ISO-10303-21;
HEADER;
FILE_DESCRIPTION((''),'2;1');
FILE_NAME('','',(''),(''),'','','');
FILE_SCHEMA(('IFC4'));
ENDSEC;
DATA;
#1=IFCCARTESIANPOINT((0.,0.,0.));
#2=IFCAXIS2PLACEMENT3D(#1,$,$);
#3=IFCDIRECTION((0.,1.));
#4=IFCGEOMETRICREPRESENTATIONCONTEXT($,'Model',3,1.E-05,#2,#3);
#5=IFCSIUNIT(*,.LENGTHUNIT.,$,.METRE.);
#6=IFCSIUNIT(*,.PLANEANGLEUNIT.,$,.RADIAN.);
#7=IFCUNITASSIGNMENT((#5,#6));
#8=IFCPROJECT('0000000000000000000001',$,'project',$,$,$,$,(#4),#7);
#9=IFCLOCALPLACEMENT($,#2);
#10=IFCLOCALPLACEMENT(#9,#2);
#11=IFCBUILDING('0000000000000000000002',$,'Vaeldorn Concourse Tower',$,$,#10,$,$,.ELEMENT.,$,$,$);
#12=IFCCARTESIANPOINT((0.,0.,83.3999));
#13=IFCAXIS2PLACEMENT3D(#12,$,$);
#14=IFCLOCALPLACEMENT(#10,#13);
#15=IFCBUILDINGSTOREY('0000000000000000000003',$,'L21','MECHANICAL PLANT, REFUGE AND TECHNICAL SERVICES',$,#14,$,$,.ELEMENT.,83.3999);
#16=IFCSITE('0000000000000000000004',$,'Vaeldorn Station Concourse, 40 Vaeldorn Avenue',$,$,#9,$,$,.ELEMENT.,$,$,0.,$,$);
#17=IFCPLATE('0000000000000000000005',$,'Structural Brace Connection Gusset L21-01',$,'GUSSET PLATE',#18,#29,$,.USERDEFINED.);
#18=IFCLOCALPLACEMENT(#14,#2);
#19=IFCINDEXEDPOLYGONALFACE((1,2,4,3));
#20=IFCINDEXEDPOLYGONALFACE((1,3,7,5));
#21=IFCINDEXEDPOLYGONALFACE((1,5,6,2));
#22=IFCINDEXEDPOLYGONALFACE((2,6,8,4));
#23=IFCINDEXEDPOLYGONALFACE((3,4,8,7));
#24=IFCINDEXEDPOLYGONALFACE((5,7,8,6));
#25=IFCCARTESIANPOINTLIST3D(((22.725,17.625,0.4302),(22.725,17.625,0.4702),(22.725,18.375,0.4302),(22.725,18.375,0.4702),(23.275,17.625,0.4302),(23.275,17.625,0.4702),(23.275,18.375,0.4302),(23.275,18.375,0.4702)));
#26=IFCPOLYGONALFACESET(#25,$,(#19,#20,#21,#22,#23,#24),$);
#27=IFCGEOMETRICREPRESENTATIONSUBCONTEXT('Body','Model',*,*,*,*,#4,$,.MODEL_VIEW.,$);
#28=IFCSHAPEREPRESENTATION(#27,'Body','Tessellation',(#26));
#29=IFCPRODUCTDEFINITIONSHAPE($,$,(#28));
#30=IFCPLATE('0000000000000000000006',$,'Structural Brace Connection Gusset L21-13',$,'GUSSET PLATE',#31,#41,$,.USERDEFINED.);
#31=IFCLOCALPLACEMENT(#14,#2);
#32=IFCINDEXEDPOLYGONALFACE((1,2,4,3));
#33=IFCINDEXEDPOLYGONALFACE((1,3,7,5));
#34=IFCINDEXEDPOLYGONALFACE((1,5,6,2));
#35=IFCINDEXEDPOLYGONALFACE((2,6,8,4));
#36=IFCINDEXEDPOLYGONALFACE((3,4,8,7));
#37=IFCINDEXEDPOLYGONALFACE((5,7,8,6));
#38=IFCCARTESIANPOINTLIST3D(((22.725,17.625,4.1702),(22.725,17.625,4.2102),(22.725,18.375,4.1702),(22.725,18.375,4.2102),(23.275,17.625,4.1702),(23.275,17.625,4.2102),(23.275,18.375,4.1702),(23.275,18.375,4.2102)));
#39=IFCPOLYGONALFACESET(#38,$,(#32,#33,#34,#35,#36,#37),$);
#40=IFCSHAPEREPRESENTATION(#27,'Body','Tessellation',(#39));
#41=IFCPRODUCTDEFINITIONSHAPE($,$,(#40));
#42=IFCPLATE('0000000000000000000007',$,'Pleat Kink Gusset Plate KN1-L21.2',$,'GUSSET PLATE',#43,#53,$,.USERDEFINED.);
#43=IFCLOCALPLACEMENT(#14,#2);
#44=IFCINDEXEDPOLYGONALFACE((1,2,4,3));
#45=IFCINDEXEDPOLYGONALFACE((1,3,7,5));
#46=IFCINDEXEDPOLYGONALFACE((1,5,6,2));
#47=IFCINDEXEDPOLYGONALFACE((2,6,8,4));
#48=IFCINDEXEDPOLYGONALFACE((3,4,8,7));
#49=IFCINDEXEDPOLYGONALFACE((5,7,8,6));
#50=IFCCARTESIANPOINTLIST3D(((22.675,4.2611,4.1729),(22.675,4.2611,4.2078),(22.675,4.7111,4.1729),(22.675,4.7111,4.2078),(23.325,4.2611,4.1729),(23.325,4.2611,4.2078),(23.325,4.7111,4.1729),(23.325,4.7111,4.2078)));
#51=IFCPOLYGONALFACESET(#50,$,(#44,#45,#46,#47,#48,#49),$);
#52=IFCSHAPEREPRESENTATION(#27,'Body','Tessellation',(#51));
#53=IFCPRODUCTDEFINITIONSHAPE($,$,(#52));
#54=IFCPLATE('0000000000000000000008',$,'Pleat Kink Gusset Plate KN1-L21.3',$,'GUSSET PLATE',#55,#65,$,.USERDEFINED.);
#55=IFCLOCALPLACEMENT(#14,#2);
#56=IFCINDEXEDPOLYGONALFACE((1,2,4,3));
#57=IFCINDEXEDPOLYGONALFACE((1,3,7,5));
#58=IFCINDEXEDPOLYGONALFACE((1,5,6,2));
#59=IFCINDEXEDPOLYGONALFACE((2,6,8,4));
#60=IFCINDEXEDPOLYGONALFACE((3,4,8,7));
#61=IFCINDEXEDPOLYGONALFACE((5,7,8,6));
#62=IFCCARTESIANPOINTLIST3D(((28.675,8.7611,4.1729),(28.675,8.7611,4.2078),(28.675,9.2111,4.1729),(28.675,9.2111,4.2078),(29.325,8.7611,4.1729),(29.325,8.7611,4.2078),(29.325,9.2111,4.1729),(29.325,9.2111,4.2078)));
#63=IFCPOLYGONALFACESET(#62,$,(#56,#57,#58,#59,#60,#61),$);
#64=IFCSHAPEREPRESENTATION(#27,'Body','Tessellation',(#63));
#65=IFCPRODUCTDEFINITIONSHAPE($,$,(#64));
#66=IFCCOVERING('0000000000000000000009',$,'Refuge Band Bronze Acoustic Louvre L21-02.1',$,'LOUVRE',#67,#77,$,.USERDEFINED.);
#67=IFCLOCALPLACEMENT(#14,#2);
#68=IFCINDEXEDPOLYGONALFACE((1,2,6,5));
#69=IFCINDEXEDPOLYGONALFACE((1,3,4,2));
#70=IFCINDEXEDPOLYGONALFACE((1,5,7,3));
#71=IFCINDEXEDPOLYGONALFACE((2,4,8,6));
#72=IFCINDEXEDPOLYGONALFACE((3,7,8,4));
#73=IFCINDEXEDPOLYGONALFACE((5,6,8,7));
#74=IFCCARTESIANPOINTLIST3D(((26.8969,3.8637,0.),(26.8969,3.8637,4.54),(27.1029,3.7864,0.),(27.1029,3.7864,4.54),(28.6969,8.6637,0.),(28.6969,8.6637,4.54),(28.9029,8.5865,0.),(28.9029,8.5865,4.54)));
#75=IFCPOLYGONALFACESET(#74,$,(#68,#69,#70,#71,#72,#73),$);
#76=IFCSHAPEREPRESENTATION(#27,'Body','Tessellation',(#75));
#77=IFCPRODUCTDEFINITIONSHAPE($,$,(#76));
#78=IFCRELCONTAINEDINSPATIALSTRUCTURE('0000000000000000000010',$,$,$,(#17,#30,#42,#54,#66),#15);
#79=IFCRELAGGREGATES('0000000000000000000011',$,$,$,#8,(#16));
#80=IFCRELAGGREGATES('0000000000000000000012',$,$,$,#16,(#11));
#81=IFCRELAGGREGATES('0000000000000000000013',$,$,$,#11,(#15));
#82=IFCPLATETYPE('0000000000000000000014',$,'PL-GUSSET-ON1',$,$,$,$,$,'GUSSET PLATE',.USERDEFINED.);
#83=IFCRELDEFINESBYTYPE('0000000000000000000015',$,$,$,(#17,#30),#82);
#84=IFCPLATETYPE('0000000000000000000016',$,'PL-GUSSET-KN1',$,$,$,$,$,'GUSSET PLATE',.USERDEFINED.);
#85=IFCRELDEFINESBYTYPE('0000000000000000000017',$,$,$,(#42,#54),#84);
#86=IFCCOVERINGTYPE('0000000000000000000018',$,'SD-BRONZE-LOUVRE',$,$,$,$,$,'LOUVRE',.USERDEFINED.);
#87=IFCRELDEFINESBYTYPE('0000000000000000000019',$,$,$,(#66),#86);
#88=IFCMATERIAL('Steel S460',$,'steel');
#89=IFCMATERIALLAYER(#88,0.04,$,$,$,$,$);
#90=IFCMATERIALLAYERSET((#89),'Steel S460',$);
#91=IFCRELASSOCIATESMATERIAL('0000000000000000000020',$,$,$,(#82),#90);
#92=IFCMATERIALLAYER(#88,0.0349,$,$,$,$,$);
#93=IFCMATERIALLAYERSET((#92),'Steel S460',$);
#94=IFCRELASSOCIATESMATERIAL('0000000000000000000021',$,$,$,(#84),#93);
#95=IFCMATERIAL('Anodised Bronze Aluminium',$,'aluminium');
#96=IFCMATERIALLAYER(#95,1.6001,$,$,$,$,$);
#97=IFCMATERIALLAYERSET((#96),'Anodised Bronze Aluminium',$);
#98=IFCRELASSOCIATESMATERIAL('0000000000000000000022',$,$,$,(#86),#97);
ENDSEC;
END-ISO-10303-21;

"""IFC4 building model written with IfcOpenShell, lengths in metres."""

from ifc_helpers import new_model, si_unit, direction, frame, origin, origin_2d, place, context, subcontext, project, spatial, rectangle, extrude, source, transform, mapped, material, layer, layer_set, type_object, element, save


model = new_model("IFC4")

# Units and contexts
model_context = context("Model", 3, precision=1e-05, world=origin(), true_north=direction((0.0, 1.0)))
body_context = subcontext(model_context, "Body", "Model", "MODEL_VIEW")
ifc_project = project(units=[si_unit("LENGTHUNIT", "METRE"), si_unit("PLANEANGLEUNIT", "RADIAN")], contexts=[model_context])

# Site, building, storey
site_placement = place(None, origin())
site = spatial("IfcSite", under=ifc_project, at=site_placement, Name="Vaeldorn Station Concourse, 40 Vaeldorn Avenue", CompositionType="ELEMENT", RefElevation=0.0)
building_placement = place(site_placement, origin())
building = spatial("IfcBuilding", under=site, at=building_placement, Name="Vaeldorn Concourse Tower", CompositionType="ELEMENT")
storey_placement = place(building_placement, frame((0.0, 0.0, 83.3999)))
storey = spatial("IfcBuildingStorey", under=building, at=storey_placement, Name="L21", Description="MECHANICAL PLANT, REFUGE AND TECHNICAL SERVICES", CompositionType="ELEMENT", Elevation=83.3999)

# Shared definitions
ifc_material_1 = material(Name="Steel S460", Category="steel")

# Plates
ifc_layer_1 = layer(ifc_material_1, 0.04)
ifc_layer_set_1 = layer_set([ifc_layer_1], Name="Steel S460")
plate_type_1 = type_object("IfcPlateType", Name="PL-GUSSET-ON1", ElementType="GUSSET PLATE", PredefinedType="USERDEFINED", material=ifc_layer_set_1)
shared_shape_1 = source(origin(), body_context, "Body", "SweptSolid", [
    extrude(rectangle(XDim=0.75, YDim=0.55, at=origin_2d()), origin(), (0.0, 0.0, 1.0), 0.04),
])
for number, where, z_axis, x_axis, name in (
    (1, (23.0, 18.0, 0.4302), (0.0, 0.0, 1.0), (0.0, 1.0, 0.0), "Structural Brace Connection Gusset L21-01"),
    (2, (23.0, 18.0, 4.1702), (0.0, 0.0, 1.0), (0.0, 1.0, 0.0), "Structural Brace Connection Gusset L21-13"),
):
    element("IfcPlate", number, at=place(storey_placement, frame(where, z_axis=z_axis, x_axis=x_axis)), inside=storey, type_object=plate_type_1, Name=name, ObjectType="GUSSET PLATE", PredefinedType="USERDEFINED", context=body_context, shape_type="MappedRepresentation", body=[
        mapped(shared_shape_1, transform((0.0, 0.0, 0.0), scale=1.0)),
    ])
ifc_layer_2 = layer(ifc_material_1, 0.0349)
ifc_layer_set_2 = layer_set([ifc_layer_2], Name="Steel S460")
plate_type_2 = type_object("IfcPlateType", Name="PL-GUSSET-KN1", ElementType="GUSSET PLATE", PredefinedType="USERDEFINED", material=ifc_layer_set_2)
shared_shape_2 = source(origin(), body_context, "Body", "SweptSolid", [
    extrude(rectangle(XDim=0.6499, YDim=0.45, at=origin_2d()), origin(), (0.0, 0.0, 1.0), 0.0349),
])
for number, where, z_axis, x_axis, name in (
    (3, (23.0, 4.4861, 4.1729), (0.0, 0.0, 1.0), (1.0, 0.0, 0.0), "Pleat Kink Gusset Plate KN1-L21.2"),
    (4, (29.0, 8.9861, 4.1729), (0.0, 0.0, 1.0), (1.0, 0.0, 0.0), "Pleat Kink Gusset Plate KN1-L21.3"),
):
    element("IfcPlate", number, at=place(storey_placement, frame(where, z_axis=z_axis, x_axis=x_axis)), inside=storey, type_object=plate_type_2, Name=name, ObjectType="GUSSET PLATE", PredefinedType="USERDEFINED", context=body_context, shape_type="MappedRepresentation", body=[
        mapped(shared_shape_2, transform((0.0, 0.0, 0.0), scale=1.0)),
    ])

# Covering
ifc_material_2 = material(Name="Anodised Bronze Aluminium", Category="aluminium")
ifc_layer_3 = layer(ifc_material_2, 1.6001)
ifc_layer_set_3 = layer_set([ifc_layer_3], Name="Anodised Bronze Aluminium")
covering_type = type_object("IfcCoveringType", Name="SD-BRONZE-LOUVRE", ElementType="LOUVRE", PredefinedType="USERDEFINED", material=ifc_layer_set_3)
shared_shape_3 = source(origin(), body_context, "Body", "SweptSolid", [
    extrude(rectangle(XDim=5.1265, YDim=0.22, at=origin_2d()), origin(), (0.0, 0.0, 1.0), 4.54),
])
covering_placement = place(storey_placement, frame((27.8999, 6.2251, 0.0), z_axis=(0.0, 0.0, 1.0), x_axis=(0.351123, 0.936329, 0.0)))
element("IfcCovering", 5, at=covering_placement, inside=storey, type_object=covering_type, Name="Refuge Band Bronze Acoustic Louvre L21-02.1", ObjectType="LOUVRE", PredefinedType="USERDEFINED", context=body_context, shape_type="MappedRepresentation", body=[
    mapped(shared_shape_3, transform((0.0, 0.0, 0.0), scale=1.0)),
])

save(model, "model.ifc")
